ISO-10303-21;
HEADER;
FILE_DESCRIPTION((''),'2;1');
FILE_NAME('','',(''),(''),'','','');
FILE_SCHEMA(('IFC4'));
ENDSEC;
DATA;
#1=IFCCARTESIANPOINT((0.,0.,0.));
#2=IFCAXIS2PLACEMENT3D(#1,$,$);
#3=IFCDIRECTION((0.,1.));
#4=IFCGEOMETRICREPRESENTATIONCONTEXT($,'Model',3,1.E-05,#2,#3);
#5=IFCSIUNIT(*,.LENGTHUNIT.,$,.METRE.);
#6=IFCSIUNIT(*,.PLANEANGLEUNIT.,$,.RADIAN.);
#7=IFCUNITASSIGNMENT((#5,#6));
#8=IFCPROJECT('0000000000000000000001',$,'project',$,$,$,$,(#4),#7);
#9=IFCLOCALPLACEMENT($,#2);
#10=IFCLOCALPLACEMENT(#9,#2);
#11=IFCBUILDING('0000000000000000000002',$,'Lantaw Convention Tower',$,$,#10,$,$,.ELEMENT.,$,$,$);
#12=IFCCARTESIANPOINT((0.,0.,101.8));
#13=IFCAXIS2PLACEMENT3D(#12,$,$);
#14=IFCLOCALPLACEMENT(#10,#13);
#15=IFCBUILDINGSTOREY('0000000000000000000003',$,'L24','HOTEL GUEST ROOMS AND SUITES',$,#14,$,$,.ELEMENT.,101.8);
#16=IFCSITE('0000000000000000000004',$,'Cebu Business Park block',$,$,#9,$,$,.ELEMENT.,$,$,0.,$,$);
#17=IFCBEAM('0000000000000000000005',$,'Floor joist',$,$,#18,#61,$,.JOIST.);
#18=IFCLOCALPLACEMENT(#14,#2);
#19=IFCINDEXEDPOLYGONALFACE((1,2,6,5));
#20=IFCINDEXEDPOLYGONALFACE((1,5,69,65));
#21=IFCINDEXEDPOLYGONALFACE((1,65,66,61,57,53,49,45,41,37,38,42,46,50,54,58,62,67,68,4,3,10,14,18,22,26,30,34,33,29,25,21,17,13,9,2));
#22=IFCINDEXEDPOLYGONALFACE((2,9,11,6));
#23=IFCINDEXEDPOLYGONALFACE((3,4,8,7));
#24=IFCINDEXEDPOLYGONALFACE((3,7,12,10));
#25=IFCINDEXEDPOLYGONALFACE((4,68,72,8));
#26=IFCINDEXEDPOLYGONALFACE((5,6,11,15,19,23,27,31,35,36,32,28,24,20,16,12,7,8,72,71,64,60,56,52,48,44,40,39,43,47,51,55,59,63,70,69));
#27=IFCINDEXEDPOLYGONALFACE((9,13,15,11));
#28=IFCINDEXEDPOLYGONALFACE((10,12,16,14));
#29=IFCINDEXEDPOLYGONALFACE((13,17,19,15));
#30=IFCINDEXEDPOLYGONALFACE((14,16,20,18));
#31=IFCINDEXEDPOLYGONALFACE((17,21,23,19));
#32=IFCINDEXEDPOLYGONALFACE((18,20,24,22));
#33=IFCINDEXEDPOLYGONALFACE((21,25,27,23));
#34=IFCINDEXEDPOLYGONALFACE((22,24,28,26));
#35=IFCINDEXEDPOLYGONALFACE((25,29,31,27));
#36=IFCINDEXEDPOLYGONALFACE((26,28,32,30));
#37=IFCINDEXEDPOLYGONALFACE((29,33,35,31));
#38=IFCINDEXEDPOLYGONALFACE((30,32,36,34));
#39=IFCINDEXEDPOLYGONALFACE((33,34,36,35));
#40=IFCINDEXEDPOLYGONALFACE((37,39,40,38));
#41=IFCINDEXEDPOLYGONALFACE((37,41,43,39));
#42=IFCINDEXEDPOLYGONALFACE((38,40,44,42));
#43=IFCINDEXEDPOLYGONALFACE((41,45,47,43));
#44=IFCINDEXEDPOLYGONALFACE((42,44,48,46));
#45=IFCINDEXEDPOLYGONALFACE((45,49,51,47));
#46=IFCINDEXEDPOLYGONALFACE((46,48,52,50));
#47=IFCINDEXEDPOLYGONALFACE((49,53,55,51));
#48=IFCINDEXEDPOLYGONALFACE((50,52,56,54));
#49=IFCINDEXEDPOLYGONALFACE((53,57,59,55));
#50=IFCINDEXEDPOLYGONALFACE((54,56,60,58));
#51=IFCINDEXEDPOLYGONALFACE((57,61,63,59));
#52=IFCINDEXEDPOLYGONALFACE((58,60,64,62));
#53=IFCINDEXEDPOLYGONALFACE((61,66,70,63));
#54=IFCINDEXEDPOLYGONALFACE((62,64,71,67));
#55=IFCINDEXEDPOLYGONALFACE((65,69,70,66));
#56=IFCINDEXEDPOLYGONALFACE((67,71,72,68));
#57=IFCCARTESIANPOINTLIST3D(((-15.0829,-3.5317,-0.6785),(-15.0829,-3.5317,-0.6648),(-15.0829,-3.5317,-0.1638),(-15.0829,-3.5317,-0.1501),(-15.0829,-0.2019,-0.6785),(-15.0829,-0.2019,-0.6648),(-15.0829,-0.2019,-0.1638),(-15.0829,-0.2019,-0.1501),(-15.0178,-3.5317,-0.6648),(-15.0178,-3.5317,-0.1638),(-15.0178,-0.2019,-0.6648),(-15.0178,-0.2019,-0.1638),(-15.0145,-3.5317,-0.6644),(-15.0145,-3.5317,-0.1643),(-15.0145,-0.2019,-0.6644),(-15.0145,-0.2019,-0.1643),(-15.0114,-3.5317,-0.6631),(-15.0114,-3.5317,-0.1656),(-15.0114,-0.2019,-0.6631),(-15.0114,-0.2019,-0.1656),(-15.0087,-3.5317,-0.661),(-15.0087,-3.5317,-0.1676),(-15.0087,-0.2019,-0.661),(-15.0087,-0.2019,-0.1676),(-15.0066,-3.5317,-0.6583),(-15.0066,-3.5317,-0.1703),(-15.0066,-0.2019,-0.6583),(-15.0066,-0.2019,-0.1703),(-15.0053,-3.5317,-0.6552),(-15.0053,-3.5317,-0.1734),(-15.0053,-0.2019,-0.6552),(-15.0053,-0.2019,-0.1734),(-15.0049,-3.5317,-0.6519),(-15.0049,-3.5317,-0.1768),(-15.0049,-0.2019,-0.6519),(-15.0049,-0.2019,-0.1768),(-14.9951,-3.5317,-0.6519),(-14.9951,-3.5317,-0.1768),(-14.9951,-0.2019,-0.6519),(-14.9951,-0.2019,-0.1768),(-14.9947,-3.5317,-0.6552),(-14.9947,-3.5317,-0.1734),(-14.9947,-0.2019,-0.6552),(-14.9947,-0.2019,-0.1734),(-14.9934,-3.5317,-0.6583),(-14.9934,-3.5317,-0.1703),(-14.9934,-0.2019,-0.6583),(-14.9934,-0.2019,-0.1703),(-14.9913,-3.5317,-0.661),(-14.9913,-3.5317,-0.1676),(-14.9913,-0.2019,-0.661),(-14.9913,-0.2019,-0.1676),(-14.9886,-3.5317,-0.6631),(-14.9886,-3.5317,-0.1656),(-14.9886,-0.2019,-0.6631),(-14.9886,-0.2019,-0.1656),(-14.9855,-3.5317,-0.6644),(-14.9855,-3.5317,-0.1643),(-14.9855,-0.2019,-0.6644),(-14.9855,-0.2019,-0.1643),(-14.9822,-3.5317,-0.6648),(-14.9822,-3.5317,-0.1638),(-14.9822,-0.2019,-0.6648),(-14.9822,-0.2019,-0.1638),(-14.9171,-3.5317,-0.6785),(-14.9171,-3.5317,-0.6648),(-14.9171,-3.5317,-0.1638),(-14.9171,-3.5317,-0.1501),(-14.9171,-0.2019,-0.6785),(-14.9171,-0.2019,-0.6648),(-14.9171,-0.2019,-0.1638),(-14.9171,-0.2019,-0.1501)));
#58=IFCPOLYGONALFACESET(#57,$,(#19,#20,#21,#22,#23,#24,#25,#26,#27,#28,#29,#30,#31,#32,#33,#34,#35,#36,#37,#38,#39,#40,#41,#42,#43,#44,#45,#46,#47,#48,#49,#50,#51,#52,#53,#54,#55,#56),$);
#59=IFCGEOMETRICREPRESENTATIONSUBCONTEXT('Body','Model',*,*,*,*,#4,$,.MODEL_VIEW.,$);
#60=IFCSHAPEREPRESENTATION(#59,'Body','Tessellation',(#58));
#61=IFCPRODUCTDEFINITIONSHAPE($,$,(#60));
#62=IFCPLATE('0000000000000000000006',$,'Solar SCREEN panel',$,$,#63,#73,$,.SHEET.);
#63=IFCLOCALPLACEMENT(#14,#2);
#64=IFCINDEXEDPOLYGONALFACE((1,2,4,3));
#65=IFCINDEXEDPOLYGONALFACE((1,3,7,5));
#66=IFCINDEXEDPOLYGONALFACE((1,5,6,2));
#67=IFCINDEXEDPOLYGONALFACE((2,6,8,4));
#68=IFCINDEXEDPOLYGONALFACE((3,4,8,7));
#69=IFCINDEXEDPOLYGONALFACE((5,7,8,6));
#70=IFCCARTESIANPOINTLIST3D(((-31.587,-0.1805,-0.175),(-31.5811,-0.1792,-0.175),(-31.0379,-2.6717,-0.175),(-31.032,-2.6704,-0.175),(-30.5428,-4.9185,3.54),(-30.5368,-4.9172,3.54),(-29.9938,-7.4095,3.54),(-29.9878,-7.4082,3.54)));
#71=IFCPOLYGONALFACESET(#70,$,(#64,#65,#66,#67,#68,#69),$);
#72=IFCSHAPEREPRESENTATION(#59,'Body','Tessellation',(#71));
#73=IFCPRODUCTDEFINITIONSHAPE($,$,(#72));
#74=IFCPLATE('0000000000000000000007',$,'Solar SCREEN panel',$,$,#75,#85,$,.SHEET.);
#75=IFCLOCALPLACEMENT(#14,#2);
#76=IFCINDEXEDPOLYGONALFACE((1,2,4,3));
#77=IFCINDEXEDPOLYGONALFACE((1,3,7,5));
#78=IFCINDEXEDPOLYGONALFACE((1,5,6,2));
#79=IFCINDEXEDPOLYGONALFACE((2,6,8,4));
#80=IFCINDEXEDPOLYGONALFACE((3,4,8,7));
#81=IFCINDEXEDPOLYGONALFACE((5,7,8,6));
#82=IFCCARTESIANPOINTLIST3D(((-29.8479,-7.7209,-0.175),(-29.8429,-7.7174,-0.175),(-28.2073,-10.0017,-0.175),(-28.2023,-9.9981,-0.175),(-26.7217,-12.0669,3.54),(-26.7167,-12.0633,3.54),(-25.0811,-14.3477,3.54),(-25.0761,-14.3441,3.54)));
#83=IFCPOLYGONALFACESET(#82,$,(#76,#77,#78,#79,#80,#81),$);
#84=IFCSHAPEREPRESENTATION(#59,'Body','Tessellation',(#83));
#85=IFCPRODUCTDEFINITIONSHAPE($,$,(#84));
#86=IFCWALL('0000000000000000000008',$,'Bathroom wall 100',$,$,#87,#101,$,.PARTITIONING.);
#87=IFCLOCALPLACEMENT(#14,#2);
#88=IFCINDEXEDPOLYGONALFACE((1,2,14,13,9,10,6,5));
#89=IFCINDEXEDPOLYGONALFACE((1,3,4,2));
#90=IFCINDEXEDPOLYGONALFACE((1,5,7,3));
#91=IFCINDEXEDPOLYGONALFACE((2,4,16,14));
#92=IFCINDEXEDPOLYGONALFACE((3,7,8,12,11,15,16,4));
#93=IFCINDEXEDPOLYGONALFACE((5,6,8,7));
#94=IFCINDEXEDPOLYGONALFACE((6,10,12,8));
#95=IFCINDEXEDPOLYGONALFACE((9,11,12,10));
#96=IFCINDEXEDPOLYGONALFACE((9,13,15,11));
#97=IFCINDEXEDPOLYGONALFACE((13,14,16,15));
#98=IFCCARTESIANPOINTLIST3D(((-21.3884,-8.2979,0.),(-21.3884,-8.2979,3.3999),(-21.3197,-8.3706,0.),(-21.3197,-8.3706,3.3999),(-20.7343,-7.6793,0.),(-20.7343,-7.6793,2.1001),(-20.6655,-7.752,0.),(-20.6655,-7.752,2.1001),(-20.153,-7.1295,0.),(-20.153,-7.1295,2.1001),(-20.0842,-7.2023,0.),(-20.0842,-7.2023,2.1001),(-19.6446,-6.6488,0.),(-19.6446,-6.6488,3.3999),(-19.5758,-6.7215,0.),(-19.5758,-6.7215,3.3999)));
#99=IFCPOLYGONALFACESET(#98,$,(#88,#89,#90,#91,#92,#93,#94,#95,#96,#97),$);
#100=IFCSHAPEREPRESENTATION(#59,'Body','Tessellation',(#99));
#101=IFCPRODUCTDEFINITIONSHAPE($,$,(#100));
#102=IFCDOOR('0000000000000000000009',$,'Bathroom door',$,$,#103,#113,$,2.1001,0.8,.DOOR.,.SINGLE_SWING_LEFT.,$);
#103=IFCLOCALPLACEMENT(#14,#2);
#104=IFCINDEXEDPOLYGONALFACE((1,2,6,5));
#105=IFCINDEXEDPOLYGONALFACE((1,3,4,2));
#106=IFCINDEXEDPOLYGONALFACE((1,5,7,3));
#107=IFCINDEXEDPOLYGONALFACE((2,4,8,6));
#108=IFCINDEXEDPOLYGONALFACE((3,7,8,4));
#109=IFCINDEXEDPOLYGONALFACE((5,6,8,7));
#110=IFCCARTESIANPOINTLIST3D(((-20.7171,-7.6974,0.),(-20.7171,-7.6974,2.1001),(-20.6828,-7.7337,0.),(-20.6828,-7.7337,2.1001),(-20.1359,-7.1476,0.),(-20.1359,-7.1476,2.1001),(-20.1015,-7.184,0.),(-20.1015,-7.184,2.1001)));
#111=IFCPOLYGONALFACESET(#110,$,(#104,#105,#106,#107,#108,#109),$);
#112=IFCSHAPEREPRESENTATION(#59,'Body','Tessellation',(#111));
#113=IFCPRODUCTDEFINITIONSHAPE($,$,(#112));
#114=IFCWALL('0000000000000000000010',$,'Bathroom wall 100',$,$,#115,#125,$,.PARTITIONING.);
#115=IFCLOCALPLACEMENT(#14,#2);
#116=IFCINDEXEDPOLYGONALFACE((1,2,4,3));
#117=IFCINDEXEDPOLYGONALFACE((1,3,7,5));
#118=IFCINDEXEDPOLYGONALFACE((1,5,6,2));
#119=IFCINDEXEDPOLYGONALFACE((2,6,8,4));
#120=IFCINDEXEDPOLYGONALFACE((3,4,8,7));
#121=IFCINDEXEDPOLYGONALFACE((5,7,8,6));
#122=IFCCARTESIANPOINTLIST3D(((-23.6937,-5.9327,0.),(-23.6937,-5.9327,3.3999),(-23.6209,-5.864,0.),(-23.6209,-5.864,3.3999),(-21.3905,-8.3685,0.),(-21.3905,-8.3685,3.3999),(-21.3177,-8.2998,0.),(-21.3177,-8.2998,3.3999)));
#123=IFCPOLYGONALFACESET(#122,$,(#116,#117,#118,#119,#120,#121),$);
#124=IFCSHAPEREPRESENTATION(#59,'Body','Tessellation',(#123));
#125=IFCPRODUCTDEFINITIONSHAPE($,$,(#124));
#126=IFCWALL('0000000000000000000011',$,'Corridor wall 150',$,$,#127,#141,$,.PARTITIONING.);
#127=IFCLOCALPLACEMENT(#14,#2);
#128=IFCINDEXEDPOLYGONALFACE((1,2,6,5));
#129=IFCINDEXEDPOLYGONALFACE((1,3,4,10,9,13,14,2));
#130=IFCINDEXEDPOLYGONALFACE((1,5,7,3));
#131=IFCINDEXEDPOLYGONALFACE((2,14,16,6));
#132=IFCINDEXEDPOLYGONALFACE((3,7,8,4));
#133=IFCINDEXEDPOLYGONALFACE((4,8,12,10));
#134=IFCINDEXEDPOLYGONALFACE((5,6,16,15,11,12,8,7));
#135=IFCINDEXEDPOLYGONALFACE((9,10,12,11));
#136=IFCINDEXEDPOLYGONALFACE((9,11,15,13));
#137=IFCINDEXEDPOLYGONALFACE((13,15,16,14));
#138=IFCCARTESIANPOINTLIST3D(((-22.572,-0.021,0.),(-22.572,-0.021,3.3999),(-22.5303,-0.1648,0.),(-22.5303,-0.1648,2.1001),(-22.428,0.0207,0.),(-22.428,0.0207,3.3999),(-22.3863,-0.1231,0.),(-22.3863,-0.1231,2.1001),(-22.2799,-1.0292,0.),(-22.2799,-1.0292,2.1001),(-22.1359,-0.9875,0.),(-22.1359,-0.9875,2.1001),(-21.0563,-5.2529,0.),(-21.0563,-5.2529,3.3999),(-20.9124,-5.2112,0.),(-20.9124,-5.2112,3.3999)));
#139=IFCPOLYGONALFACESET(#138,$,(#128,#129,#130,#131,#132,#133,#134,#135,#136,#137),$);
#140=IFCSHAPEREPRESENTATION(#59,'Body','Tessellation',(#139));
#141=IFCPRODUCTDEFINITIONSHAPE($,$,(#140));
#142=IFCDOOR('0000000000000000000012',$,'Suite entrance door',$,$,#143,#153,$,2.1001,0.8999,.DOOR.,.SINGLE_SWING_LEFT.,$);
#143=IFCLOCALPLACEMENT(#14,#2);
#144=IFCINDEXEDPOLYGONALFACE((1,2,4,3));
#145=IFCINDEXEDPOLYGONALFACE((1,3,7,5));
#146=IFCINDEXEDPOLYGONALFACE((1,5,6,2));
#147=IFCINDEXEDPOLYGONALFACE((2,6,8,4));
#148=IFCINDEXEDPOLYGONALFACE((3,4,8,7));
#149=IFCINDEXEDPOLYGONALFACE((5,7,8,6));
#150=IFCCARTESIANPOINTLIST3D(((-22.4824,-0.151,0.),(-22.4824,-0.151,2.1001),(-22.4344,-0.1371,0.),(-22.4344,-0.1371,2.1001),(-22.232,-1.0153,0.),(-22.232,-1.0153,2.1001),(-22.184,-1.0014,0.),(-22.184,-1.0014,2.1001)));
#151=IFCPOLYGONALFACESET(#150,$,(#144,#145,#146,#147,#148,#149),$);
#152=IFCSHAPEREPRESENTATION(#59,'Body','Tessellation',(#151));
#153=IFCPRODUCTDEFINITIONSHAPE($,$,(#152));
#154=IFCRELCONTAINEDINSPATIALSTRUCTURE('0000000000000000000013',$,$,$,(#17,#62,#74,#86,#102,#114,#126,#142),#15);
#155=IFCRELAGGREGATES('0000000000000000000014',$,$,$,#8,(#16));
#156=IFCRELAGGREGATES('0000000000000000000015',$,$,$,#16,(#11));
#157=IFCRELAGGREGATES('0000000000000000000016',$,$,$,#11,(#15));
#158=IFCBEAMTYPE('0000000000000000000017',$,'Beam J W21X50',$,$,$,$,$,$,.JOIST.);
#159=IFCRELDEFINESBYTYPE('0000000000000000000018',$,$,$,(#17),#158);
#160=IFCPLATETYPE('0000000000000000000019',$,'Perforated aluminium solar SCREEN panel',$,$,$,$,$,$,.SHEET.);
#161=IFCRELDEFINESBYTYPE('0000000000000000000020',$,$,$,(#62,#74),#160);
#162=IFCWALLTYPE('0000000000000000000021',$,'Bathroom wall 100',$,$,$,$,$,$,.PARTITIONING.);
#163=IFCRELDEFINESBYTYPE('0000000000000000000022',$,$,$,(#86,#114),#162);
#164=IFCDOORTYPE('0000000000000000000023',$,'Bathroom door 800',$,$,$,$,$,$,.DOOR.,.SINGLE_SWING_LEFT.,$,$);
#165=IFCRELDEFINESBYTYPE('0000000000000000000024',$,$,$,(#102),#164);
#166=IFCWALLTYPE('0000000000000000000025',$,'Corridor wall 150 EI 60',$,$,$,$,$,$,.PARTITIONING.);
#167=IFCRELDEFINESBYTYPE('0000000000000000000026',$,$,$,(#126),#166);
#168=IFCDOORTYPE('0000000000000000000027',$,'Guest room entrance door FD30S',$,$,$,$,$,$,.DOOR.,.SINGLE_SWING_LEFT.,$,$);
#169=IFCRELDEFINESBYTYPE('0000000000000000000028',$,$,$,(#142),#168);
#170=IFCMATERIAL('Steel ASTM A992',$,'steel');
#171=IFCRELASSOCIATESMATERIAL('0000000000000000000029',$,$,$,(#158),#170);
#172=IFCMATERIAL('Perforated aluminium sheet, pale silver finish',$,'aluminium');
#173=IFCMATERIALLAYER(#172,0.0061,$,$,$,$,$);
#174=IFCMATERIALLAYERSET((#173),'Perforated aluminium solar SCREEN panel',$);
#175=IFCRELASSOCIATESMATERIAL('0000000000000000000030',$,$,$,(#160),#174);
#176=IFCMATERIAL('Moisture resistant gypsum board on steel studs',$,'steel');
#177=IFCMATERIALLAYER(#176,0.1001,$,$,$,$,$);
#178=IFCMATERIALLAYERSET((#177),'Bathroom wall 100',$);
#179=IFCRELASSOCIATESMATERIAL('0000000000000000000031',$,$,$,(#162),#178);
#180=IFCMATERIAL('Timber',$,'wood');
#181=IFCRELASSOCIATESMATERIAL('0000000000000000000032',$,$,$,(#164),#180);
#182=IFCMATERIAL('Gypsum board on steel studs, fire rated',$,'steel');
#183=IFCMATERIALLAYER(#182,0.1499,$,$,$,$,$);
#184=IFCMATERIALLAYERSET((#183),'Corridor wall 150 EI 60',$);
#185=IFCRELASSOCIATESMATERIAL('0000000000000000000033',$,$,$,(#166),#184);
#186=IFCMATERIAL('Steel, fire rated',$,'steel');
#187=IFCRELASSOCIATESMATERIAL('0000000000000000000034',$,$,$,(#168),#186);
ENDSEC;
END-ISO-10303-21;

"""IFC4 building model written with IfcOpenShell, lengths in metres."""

from ifc_helpers import new_model, si_unit, direction, frame, frame_2d, origin, origin_2d, place, context, subcontext, project, spatial, polyline, rectangle, i_section, outline, extrude, material, layer, layer_set, material_profile, profile_set, type_object, element, fill, save


model = new_model("IFC4")

# Units and contexts
model_context = context("Model", 3, precision=1e-05, world=origin(), true_north=direction((0.0, 1.0)))
body_context = subcontext(model_context, "Body", "Model", "MODEL_VIEW")
ifc_project = project(units=[si_unit("LENGTHUNIT", "METRE"), si_unit("PLANEANGLEUNIT", "RADIAN")], contexts=[model_context])

# Site, building, storey
site_placement = place(None, origin())
site = spatial("IfcSite", under=ifc_project, at=site_placement, Name="Cebu Business Park block", CompositionType="ELEMENT", RefElevation=0.0)
building_placement = place(site_placement, origin())
building = spatial("IfcBuilding", under=site, at=building_placement, Name="Lantaw Convention Tower", CompositionType="ELEMENT")
storey_placement = place(building_placement, frame((0.0, 0.0, 101.8)))
storey = spatial("IfcBuildingStorey", under=building, at=storey_placement, Name="L24", Description="HOTEL GUEST ROOMS AND SUITES", CompositionType="ELEMENT", Elevation=101.8)

# Beam
ifc_material_1 = material(Name="Steel ASTM A992", Category="steel")
ifc_material_profile_1 = material_profile(ifc_material_1, i_section(OverallWidth=0.1658, OverallDepth=0.5283, WebThickness=0.0098, FlangeThickness=0.0137, FilletRadius=0.0129, at=origin_2d()), Name="W21X50")
ifc_profile_set_1 = profile_set([ifc_material_profile_1], Name="Steel ASTM A992")
beam_type_1 = type_object("IfcBeamType", Name="Beam J W21X50", PredefinedType="JOIST", material=ifc_profile_set_1)
beam_1_placement = place(storey_placement, frame((-15.0, -3.5317, -0.4143), z_axis=(0.0, 1.0, 0.0), x_axis=(-1.0, 0.0, 0.0)))
element("IfcBeam", 1, at=beam_1_placement, inside=storey, type_object=beam_type_1, Name="Floor joist", PredefinedType="JOIST", context=body_context, shape_type="SweptSolid", body=[
    extrude(i_section(OverallWidth=0.1658, OverallDepth=0.5283, WebThickness=0.0098, FlangeThickness=0.0137, FilletRadius=0.0129, at=origin_2d()), origin(), (0.0, 0.0, 1.0), 3.3298),
])

# Plates
ifc_material_2 = material(Name="Perforated aluminium sheet, pale silver finish", Category="aluminium")
ifc_layer_1 = layer(ifc_material_2, 0.0061)
ifc_layer_set_1 = layer_set([ifc_layer_1], Name="Perforated aluminium solar SCREEN panel")
plate_type = type_object("IfcPlateType", Name="Perforated aluminium solar SCREEN panel", PredefinedType="SHEET", material=ifc_layer_set_1)
plate_1_placement = place(storey_placement, frame((-31.5811, -0.1792, -0.175), z_axis=(0.976559, 0.215248, 0.00003), x_axis=(0.215248, -0.976559, 0.0)))
element("IfcPlate", 2, at=plate_1_placement, inside=storey, type_object=plate_type, Name="Solar SCREEN panel", PredefinedType="SHEET", context=body_context, shape_type="SweptSolid", body=[
    extrude(outline(polyline([(0.0, 0.0), (2.551, 0.0), (7.4025, -3.7151), (4.8517, -3.7151), (0.0, 0.0)])), origin(), (0.0, 0.0, -1.0), 0.0061),
])
plate_2_placement = place(storey_placement, frame((-29.8479, -7.7209, -0.175), z_axis=(-0.811791, -0.583948, 0.000009), x_axis=(0.583948, -0.811791, 0.0)))
element("IfcPlate", 3, at=plate_2_placement, inside=storey, type_object=plate_type, Name="Solar SCREEN panel", PredefinedType="SHEET", context=body_context, shape_type="SweptSolid", body=[
    extrude(outline(polyline([(0.0, 0.0), (2.8095, 0.0), (8.1631, 3.7151), (5.3536, 3.7151), (0.0, 0.0)])), origin(), (0.0, 0.0, -1.0), 0.0061),
])

# Wall, opening, door
ifc_material_3 = material(Name="Moisture resistant gypsum board on steel studs", Category="steel")
ifc_layer_2 = layer(ifc_material_3, 0.1001)
ifc_layer_set_2 = layer_set([ifc_layer_2], Name="Bathroom wall 100")
wall_type_1 = type_object("IfcWallType", Name="Bathroom wall 100", PredefinedType="PARTITIONING", material=ifc_layer_set_2)
wall_1_placement = place(storey_placement, frame((-19.6101, -6.6851, 0.0), z_axis=(0.0, 0.0, 1.0), x_axis=(-0.726564, -0.687098, 0.0)))
wall_1 = element("IfcWall", 4, at=wall_1_placement, inside=storey, type_object=wall_type_1, Name="Bathroom wall 100", PredefinedType="PARTITIONING", context=body_context, shape_type="SweptSolid", body=[
    extrude(rectangle(XDim=2.4001, YDim=0.1001, at=frame_2d((1.2002, 0.0))), origin(), (0.0, 0.0, 1.0), 3.3999),
])
opening_1_placement = place(wall_1_placement, frame((0.7, 0.0, 0.0)))
opening_1 = element("IfcOpeningElement", 5, at=opening_1_placement, cuts=wall_1, PredefinedType="OPENING", context=body_context, shape_type="SweptSolid", body=[
    extrude(rectangle(XDim=0.8, YDim=2.1001, at=frame_2d((0.3999, 1.05))), frame((0.0, 0.0601, 0.0), z_axis=(0.0, -1.0, 0.0), x_axis=(1.0, 0.0, 0.0)), (0.0, 0.0, 1.0), 0.1201),
])
ifc_material_4 = material(Name="Timber", Category="wood")
door_type_1 = type_object("IfcDoorType", Name="Bathroom door 800", OperationType="SINGLE_SWING_LEFT", PredefinedType="DOOR", material=ifc_material_4)
door_1_placement = place(opening_1_placement, origin())
door_1 = element("IfcDoor", 6, at=door_1_placement, inside=storey, type_object=door_type_1, Name="Bathroom door", OperationType="SINGLE_SWING_LEFT", OverallHeight=2.1001, OverallWidth=0.8, PredefinedType="DOOR", context=body_context, shape_type="SweptSolid", body=[
    extrude(rectangle(XDim=0.8, YDim=2.1001, at=frame_2d((0.3999, 1.05))), frame((0.0, 0.0249, 0.0), z_axis=(0.0, -1.0, 0.0), x_axis=(1.0, 0.0, 0.0)), (0.0, 0.0, 1.0), 0.05),
])
fill(opening_1, door_1)

# Wall
wall_2_placement = place(storey_placement, frame((-21.354, -8.3342, 0.0), z_axis=(0.0, 0.0, 1.0), x_axis=(-0.687058, 0.726603, 0.0)))
element("IfcWall", 7, at=wall_2_placement, inside=storey, type_object=wall_type_1, Name="Bathroom wall 100", PredefinedType="PARTITIONING", context=body_context, shape_type="SweptSolid", body=[
    extrude(rectangle(XDim=3.3523, YDim=0.1001, at=frame_2d((1.6763, 0.0))), origin(), (0.0, 0.0, 1.0), 3.3999),
])

# Wall, opening, door
ifc_material_5 = material(Name="Gypsum board on steel studs, fire rated", Category="steel")
ifc_layer_3 = layer(ifc_material_5, 0.1499)
ifc_layer_set_3 = layer_set([ifc_layer_3], Name="Corridor wall 150 EI 60")
wall_type_2 = type_object("IfcWallType", Name="Corridor wall 150 EI 60", PredefinedType="PARTITIONING", material=ifc_layer_set_3)
wall_3_placement = place(storey_placement, frame((-22.5, 0.0, 0.0), z_axis=(0.0, 0.0, 1.0), x_axis=(0.278247, -0.960509, 0.0)))
wall_3 = element("IfcWall", 8, at=wall_3_placement, inside=storey, type_object=wall_type_2, Name="Corridor wall 150", PredefinedType="PARTITIONING", context=body_context, shape_type="SweptSolid", body=[
    extrude(rectangle(XDim=5.447, YDim=0.1499, at=frame_2d((2.7236, 0.0))), origin(), (0.0, 0.0, 1.0), 3.3999),
])
opening_2_placement = place(wall_3_placement, frame((0.1499, 0.0, 0.0)))
opening_2 = element("IfcOpeningElement", 9, at=opening_2_placement, cuts=wall_3, PredefinedType="OPENING", context=body_context, shape_type="SweptSolid", body=[
    extrude(rectangle(XDim=0.8999, YDim=2.1001, at=frame_2d((0.45, 1.05))), frame((0.0, 0.085, 0.0), z_axis=(0.0, -1.0, 0.0), x_axis=(1.0, 0.0, 0.0)), (0.0, 0.0, 1.0), 0.1699),
])
ifc_material_6 = material(Name="Steel, fire rated", Category="steel")
door_type_2 = type_object("IfcDoorType", Name="Guest room entrance door FD30S", OperationType="SINGLE_SWING_LEFT", PredefinedType="DOOR", material=ifc_material_6)
door_2_placement = place(opening_2_placement, origin())
door_2 = element("IfcDoor", 10, at=door_2_placement, inside=storey, type_object=door_type_2, Name="Suite entrance door", OperationType="SINGLE_SWING_LEFT", OverallHeight=2.1001, OverallWidth=0.8999, PredefinedType="DOOR", context=body_context, shape_type="SweptSolid", body=[
    extrude(rectangle(XDim=0.8999, YDim=2.1001, at=frame_2d((0.45, 1.05))), frame((0.0, 0.0249, 0.0), z_axis=(0.0, -1.0, 0.0), x_axis=(1.0, 0.0, 0.0)), (0.0, 0.0, 1.0), 0.05),
])
fill(opening_2, door_2)

save(model, "model.ifc")
